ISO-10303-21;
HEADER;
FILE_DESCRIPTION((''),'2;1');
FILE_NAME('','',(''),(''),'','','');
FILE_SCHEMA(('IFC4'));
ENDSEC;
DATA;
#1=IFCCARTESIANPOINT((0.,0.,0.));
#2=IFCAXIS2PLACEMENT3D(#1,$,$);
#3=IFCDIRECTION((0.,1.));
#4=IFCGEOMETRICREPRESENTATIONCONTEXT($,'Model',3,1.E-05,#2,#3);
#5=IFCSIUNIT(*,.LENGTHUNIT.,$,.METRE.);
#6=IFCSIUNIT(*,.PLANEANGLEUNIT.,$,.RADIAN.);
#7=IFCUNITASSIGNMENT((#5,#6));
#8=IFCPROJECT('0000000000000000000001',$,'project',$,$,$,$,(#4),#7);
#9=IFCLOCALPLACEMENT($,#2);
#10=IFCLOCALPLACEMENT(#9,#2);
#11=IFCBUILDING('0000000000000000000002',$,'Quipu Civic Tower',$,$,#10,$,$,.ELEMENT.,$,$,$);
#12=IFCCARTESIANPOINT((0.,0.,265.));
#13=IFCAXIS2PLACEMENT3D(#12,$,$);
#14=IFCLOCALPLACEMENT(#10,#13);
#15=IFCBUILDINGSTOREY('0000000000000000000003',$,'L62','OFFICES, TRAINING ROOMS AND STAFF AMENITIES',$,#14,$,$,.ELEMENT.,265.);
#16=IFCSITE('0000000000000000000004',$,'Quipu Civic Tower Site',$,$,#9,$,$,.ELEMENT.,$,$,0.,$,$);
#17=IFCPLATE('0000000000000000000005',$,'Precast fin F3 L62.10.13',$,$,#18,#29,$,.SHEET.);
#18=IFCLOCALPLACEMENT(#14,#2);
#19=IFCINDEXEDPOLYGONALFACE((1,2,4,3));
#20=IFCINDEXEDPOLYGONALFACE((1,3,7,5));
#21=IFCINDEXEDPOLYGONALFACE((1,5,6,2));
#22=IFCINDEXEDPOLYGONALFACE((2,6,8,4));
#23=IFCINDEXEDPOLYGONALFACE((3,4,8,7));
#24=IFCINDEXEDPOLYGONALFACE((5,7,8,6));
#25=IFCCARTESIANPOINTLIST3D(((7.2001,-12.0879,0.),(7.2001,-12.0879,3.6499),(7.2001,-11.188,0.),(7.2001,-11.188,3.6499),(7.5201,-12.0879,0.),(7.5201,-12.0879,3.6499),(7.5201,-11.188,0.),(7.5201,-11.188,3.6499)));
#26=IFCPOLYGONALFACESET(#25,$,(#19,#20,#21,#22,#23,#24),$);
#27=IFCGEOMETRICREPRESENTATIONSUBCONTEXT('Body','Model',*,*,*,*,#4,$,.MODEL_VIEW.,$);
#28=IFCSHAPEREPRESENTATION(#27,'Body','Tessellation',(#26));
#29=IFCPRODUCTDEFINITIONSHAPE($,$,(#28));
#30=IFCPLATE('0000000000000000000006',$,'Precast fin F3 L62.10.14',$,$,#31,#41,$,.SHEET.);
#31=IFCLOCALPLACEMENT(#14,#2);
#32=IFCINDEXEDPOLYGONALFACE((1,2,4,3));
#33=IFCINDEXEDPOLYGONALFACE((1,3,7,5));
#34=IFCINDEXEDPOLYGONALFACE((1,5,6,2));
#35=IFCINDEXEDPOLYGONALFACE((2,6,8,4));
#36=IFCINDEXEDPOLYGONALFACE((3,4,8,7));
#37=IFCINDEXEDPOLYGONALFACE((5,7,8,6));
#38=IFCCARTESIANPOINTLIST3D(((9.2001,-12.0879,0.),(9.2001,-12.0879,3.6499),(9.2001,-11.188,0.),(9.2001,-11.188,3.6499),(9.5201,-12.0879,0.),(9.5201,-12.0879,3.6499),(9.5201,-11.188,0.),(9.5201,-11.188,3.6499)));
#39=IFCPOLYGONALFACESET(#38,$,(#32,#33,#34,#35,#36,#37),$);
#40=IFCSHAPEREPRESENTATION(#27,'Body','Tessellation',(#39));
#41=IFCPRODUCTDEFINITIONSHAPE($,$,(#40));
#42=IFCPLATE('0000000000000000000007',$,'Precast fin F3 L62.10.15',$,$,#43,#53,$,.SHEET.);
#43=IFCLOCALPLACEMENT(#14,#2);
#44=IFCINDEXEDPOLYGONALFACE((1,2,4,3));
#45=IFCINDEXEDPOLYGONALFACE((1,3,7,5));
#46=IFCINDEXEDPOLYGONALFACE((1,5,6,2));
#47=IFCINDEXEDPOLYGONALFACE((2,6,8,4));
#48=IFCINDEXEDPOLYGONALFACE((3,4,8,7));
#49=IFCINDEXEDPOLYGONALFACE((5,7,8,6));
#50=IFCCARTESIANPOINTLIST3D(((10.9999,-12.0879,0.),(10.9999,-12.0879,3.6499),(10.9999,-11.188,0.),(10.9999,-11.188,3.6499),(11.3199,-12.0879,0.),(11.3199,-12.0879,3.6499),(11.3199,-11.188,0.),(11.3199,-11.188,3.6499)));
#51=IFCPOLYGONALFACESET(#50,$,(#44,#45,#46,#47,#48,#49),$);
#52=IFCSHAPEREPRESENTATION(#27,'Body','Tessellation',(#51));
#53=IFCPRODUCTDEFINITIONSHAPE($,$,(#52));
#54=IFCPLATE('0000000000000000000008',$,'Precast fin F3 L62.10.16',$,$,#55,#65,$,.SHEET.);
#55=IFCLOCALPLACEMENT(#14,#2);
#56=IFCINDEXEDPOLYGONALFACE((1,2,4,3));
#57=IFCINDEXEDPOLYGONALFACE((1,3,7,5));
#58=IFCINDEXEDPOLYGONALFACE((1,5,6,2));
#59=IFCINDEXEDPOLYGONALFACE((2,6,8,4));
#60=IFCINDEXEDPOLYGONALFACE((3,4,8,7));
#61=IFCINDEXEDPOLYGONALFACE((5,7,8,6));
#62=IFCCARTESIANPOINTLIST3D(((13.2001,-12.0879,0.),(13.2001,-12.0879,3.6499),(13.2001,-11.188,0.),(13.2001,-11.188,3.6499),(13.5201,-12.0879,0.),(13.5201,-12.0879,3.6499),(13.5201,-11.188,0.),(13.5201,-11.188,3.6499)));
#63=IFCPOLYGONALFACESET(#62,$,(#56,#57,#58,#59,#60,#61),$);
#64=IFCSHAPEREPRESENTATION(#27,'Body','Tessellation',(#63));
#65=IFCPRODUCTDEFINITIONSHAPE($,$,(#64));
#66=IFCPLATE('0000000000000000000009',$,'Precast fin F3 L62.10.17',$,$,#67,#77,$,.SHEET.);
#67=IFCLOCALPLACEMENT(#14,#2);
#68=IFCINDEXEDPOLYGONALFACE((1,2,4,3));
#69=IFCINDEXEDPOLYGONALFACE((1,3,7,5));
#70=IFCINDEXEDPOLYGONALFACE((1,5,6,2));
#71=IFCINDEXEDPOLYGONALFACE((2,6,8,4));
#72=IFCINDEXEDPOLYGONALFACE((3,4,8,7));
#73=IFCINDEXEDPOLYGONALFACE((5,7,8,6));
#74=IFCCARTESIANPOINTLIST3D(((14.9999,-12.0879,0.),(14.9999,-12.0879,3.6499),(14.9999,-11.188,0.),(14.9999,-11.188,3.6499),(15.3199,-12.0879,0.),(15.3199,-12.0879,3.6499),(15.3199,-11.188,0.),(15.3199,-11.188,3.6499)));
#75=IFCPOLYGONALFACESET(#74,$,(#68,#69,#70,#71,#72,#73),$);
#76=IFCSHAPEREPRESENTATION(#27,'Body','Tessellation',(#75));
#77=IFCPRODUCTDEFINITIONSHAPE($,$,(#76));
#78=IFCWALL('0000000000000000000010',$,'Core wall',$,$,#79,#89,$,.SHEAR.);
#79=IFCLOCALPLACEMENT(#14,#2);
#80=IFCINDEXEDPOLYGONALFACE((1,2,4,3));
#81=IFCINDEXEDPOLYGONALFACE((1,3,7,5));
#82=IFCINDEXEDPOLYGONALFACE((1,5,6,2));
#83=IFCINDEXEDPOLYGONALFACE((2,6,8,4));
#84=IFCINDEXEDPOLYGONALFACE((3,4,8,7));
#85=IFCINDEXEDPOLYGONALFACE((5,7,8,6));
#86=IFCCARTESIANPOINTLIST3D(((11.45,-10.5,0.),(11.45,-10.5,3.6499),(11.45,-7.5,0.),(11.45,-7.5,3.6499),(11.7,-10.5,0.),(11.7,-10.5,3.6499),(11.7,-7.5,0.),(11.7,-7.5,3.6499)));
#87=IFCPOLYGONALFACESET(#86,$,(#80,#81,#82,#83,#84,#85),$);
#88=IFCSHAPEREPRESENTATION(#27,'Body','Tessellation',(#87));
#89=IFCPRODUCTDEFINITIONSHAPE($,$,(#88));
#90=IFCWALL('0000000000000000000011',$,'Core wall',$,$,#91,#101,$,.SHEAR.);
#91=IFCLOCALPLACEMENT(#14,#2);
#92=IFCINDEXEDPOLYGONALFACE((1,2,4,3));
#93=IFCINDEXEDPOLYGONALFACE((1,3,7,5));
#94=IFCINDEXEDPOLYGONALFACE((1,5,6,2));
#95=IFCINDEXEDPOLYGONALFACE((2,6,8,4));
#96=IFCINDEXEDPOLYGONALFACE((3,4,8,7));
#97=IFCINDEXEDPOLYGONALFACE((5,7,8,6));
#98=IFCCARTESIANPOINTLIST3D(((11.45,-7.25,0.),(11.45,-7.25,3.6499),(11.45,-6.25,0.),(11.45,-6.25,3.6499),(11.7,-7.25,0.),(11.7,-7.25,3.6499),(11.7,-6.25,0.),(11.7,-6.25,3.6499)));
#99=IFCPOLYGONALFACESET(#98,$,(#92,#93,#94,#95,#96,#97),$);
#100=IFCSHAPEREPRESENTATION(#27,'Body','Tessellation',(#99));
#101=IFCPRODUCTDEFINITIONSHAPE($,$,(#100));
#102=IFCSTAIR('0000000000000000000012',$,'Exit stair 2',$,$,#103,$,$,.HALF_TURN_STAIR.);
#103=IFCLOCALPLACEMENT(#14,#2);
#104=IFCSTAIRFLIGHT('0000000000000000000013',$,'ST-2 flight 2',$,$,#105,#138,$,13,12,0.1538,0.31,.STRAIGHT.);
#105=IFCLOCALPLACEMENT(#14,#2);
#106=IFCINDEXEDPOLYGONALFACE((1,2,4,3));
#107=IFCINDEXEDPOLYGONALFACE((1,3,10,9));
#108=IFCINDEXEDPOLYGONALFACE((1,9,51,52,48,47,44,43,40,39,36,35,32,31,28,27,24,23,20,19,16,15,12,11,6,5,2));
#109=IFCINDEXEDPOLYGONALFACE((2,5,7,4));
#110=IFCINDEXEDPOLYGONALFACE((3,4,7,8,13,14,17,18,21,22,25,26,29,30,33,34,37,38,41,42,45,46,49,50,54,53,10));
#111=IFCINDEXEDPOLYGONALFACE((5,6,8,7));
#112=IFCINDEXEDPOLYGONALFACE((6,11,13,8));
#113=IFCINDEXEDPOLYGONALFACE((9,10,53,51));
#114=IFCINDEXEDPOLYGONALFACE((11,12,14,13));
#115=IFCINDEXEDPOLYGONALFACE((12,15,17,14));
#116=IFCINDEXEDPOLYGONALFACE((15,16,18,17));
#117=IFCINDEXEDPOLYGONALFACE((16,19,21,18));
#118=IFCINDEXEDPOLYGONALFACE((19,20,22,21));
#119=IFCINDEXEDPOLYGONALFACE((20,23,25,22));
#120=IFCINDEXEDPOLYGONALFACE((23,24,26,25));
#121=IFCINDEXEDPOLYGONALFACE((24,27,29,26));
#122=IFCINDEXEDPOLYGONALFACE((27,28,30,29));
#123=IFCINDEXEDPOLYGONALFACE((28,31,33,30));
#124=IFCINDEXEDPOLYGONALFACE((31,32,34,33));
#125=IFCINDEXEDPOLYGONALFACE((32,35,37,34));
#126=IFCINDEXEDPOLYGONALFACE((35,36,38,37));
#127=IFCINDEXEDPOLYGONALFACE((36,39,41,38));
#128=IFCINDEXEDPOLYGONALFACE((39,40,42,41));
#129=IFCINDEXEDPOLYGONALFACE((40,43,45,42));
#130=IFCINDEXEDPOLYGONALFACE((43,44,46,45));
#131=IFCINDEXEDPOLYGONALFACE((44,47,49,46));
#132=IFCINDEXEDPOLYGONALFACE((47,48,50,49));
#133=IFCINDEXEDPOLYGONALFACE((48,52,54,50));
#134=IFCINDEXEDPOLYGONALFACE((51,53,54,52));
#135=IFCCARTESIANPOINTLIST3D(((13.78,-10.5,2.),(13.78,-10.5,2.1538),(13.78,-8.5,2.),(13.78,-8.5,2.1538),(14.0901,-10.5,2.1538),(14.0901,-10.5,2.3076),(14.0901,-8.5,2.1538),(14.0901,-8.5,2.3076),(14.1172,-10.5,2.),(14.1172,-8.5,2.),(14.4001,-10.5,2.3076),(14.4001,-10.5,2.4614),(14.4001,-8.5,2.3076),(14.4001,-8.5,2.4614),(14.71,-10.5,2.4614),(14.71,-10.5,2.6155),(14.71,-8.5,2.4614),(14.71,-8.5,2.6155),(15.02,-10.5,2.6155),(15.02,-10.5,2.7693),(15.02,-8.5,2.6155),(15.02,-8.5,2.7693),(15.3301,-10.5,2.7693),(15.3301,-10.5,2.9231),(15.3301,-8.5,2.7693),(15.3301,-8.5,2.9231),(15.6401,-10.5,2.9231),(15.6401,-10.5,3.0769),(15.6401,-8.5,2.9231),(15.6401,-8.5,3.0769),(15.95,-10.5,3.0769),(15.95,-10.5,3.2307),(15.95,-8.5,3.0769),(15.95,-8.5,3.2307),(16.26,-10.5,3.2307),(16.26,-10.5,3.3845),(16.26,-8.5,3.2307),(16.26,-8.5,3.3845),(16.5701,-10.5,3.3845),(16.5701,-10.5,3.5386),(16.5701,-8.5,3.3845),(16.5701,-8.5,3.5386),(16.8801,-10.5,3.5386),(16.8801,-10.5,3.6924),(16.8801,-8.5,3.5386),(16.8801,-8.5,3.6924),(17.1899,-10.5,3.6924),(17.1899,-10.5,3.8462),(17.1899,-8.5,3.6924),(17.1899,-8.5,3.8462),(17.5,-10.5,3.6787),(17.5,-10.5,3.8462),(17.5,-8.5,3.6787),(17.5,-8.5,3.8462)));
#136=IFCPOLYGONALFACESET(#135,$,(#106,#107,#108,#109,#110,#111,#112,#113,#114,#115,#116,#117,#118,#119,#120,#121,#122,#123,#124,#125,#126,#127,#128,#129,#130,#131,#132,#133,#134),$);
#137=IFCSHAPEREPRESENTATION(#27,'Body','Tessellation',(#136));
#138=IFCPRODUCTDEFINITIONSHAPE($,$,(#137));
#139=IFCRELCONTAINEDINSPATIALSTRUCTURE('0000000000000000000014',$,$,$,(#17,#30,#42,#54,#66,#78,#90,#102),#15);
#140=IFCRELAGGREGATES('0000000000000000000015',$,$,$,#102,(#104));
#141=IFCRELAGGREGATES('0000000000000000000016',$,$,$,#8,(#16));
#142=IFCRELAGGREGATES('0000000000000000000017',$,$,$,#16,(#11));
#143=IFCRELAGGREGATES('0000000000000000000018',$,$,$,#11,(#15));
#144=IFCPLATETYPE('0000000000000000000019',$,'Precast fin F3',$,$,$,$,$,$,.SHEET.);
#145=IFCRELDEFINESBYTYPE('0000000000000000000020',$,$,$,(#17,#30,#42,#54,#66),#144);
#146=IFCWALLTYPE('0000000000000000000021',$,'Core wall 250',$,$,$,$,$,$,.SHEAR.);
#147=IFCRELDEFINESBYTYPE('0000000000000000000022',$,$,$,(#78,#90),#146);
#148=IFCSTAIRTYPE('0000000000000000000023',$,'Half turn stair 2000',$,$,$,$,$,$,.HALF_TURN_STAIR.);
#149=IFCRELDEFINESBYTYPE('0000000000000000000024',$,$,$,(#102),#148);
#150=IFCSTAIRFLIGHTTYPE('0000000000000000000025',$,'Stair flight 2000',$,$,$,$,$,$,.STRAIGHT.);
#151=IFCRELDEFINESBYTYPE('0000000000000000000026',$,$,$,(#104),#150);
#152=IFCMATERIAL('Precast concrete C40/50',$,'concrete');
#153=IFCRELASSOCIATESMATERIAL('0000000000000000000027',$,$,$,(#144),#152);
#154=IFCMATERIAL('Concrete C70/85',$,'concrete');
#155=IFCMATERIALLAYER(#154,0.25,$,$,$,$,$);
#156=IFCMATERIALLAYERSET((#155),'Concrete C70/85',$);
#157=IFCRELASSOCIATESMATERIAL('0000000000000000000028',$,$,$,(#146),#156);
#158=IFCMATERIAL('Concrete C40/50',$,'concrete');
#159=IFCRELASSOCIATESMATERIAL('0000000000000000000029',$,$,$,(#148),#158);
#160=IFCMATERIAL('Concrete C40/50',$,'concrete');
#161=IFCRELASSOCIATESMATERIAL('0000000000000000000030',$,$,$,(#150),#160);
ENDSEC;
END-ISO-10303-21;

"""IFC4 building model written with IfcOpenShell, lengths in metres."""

from ifc_helpers import new_model, si_unit, direction, frame, frame_2d, origin, origin_2d, place, context, subcontext, project, spatial, polyline, rectangle, outline, extrude, material, layer, layer_set, type_object, element, aggregate, save


model = new_model("IFC4")

# Units and contexts
model_context = context("Model", 3, precision=1e-05, world=origin(), true_north=direction((0.0, 1.0)))
body_context = subcontext(model_context, "Body", "Model", "MODEL_VIEW")
ifc_project = project(units=[si_unit("LENGTHUNIT", "METRE"), si_unit("PLANEANGLEUNIT", "RADIAN")], contexts=[model_context])

# Site, building, storey
site_placement = place(None, origin())
site = spatial("IfcSite", under=ifc_project, at=site_placement, Name="Quipu Civic Tower Site", CompositionType="ELEMENT", RefElevation=0.0)
building_placement = place(site_placement, origin())
building = spatial("IfcBuilding", under=site, at=building_placement, Name="Quipu Civic Tower", CompositionType="ELEMENT")
storey_placement = place(building_placement, frame((0.0, 0.0, 265.0)))
storey = spatial("IfcBuildingStorey", under=building, at=storey_placement, Name="L62", Description="OFFICES, TRAINING ROOMS AND STAFF AMENITIES", CompositionType="ELEMENT", Elevation=265.0)

# Plates
ifc_material_1 = material(Name="Precast concrete C40/50", Category="concrete")
plate_type = type_object("IfcPlateType", Name="Precast fin F3", PredefinedType="SHEET", material=ifc_material_1)
for number, where, z_axis, x_axis, name in (
    (1, (7.3601, -11.6379, 0.0), (0.0, 0.0, 1.0), (1.0, 0.0, 0.0), "Precast fin F3 L62.10.13"),
    (2, (9.3601, -11.6379, 0.0), (0.0, 0.0, 1.0), (1.0, 0.0, 0.0), "Precast fin F3 L62.10.14"),
    (3, (11.1599, -11.6379, 0.0), (0.0, 0.0, 1.0), (1.0, 0.0, 0.0), "Precast fin F3 L62.10.15"),
    (4, (13.3601, -11.6379, 0.0), (0.0, 0.0, 1.0), (1.0, 0.0, 0.0), "Precast fin F3 L62.10.16"),
    (5, (15.1599, -11.6379, 0.0), (0.0, 0.0, 1.0), (1.0, 0.0, 0.0), "Precast fin F3 L62.10.17"),
):
    element("IfcPlate", number, at=place(storey_placement, frame(where, z_axis=z_axis, x_axis=x_axis)), inside=storey, type_object=plate_type, Name=name, PredefinedType="SHEET", context=body_context, shape_type="SweptSolid", body=[
        extrude(rectangle(XDim=0.3201, YDim=0.8999, at=origin_2d()), origin(), (0.0, 0.0, 1.0), 3.6499),
    ])

# Wall
ifc_material_2 = material(Name="Concrete C70/85", Category="concrete")
ifc_layer = layer(ifc_material_2, 0.25)
ifc_layer_set = layer_set([ifc_layer], Name="Concrete C70/85")
wall_type = type_object("IfcWallType", Name="Core wall 250", PredefinedType="SHEAR", material=ifc_layer_set)
wall_1_placement = place(storey_placement, frame((11.575, -10.5, 0.0), z_axis=(0.0, 0.0, 1.0), x_axis=(0.0, 1.0, 0.0)))
element("IfcWall", 6, at=wall_1_placement, inside=storey, type_object=wall_type, Name="Core wall", PredefinedType="SHEAR", context=body_context, shape_type="SweptSolid", body=[
    extrude(rectangle(XDim=3.0, YDim=0.25, at=frame_2d((1.5, 0.0))), origin(), (0.0, 0.0, 1.0), 3.6499),
])

# Wall
wall_2_placement = place(storey_placement, frame((11.575, -7.25, 0.0), z_axis=(0.0, 0.0, 1.0), x_axis=(0.0, 1.0, 0.0)))
element("IfcWall", 7, at=wall_2_placement, inside=storey, type_object=wall_type, Name="Core wall", PredefinedType="SHEAR", context=body_context, shape_type="SweptSolid", body=[
    extrude(rectangle(XDim=1.0, YDim=0.25, at=frame_2d((0.5, 0.0))), origin(), (0.0, 0.0, 1.0), 3.6499),
])

# Stair, stair flight
ifc_material_3 = material(Name="Concrete C40/50", Category="concrete")
stair_type = type_object("IfcStairType", Name="Half turn stair 2000", PredefinedType="HALF_TURN_STAIR", material=ifc_material_3)
stair_placement = place(storey_placement, origin())
stair = element("IfcStair", 8, at=stair_placement, inside=storey, type_object=stair_type, Name="Exit stair 2", PredefinedType="HALF_TURN_STAIR")
ifc_material_4 = material(Name="Concrete C40/50", Category="concrete")
stair_flight_type = type_object("IfcStairFlightType", Name="Stair flight 2000", PredefinedType="STRAIGHT", material=ifc_material_4)
stair_flight_placement = place(storey_placement, frame((13.78, -9.5, 2.0), z_axis=(0.0, 0.0, 1.0), x_axis=(1.0, 0.0, 0.0)))
stair_flight = element("IfcStairFlight", 9, at=stair_flight_placement, type_object=stair_flight_type, Name="ST-2 flight 2", NumberOfRisers=13, NumberOfTreads=12, PredefinedType="STRAIGHT", RiserHeight=0.1538, TreadLength=0.31, context=body_context, shape_type="SweptSolid", body=[
    extrude(outline(polyline([(0.0, 0.0), (0.0, 0.1538), (0.3101, 0.1538), (0.3101, 0.3076), (0.6201, 0.3076), (0.6201, 0.4614), (0.9299, 0.4614), (0.9299, 0.6155), (1.24, 0.6155), (1.24, 0.7693), (1.55, 0.7693), (1.55, 0.9231), (1.8601, 0.9231), (1.8601, 1.0769), (2.1699, 1.0769), (2.1699, 1.2307), (2.48, 1.2307), (2.48, 1.3845), (2.79, 1.3845), (2.79, 1.5386), (3.1001, 1.5386), (3.1001, 1.6924), (3.4099, 1.6924), (3.4099, 1.8462), (3.72, 1.8462), (3.72, 2.0), (3.72, 1.6787), (0.3372, 0.0), (0.0, 0.0)])), frame((0.0, 1.0, 0.0), z_axis=(0.0, -1.0, 0.0), x_axis=(1.0, 0.0, 0.0)), (0.0, 0.0, 1.0), 2.0),
])
aggregate(stair, [stair_flight])

save(model, "model.ifc")
